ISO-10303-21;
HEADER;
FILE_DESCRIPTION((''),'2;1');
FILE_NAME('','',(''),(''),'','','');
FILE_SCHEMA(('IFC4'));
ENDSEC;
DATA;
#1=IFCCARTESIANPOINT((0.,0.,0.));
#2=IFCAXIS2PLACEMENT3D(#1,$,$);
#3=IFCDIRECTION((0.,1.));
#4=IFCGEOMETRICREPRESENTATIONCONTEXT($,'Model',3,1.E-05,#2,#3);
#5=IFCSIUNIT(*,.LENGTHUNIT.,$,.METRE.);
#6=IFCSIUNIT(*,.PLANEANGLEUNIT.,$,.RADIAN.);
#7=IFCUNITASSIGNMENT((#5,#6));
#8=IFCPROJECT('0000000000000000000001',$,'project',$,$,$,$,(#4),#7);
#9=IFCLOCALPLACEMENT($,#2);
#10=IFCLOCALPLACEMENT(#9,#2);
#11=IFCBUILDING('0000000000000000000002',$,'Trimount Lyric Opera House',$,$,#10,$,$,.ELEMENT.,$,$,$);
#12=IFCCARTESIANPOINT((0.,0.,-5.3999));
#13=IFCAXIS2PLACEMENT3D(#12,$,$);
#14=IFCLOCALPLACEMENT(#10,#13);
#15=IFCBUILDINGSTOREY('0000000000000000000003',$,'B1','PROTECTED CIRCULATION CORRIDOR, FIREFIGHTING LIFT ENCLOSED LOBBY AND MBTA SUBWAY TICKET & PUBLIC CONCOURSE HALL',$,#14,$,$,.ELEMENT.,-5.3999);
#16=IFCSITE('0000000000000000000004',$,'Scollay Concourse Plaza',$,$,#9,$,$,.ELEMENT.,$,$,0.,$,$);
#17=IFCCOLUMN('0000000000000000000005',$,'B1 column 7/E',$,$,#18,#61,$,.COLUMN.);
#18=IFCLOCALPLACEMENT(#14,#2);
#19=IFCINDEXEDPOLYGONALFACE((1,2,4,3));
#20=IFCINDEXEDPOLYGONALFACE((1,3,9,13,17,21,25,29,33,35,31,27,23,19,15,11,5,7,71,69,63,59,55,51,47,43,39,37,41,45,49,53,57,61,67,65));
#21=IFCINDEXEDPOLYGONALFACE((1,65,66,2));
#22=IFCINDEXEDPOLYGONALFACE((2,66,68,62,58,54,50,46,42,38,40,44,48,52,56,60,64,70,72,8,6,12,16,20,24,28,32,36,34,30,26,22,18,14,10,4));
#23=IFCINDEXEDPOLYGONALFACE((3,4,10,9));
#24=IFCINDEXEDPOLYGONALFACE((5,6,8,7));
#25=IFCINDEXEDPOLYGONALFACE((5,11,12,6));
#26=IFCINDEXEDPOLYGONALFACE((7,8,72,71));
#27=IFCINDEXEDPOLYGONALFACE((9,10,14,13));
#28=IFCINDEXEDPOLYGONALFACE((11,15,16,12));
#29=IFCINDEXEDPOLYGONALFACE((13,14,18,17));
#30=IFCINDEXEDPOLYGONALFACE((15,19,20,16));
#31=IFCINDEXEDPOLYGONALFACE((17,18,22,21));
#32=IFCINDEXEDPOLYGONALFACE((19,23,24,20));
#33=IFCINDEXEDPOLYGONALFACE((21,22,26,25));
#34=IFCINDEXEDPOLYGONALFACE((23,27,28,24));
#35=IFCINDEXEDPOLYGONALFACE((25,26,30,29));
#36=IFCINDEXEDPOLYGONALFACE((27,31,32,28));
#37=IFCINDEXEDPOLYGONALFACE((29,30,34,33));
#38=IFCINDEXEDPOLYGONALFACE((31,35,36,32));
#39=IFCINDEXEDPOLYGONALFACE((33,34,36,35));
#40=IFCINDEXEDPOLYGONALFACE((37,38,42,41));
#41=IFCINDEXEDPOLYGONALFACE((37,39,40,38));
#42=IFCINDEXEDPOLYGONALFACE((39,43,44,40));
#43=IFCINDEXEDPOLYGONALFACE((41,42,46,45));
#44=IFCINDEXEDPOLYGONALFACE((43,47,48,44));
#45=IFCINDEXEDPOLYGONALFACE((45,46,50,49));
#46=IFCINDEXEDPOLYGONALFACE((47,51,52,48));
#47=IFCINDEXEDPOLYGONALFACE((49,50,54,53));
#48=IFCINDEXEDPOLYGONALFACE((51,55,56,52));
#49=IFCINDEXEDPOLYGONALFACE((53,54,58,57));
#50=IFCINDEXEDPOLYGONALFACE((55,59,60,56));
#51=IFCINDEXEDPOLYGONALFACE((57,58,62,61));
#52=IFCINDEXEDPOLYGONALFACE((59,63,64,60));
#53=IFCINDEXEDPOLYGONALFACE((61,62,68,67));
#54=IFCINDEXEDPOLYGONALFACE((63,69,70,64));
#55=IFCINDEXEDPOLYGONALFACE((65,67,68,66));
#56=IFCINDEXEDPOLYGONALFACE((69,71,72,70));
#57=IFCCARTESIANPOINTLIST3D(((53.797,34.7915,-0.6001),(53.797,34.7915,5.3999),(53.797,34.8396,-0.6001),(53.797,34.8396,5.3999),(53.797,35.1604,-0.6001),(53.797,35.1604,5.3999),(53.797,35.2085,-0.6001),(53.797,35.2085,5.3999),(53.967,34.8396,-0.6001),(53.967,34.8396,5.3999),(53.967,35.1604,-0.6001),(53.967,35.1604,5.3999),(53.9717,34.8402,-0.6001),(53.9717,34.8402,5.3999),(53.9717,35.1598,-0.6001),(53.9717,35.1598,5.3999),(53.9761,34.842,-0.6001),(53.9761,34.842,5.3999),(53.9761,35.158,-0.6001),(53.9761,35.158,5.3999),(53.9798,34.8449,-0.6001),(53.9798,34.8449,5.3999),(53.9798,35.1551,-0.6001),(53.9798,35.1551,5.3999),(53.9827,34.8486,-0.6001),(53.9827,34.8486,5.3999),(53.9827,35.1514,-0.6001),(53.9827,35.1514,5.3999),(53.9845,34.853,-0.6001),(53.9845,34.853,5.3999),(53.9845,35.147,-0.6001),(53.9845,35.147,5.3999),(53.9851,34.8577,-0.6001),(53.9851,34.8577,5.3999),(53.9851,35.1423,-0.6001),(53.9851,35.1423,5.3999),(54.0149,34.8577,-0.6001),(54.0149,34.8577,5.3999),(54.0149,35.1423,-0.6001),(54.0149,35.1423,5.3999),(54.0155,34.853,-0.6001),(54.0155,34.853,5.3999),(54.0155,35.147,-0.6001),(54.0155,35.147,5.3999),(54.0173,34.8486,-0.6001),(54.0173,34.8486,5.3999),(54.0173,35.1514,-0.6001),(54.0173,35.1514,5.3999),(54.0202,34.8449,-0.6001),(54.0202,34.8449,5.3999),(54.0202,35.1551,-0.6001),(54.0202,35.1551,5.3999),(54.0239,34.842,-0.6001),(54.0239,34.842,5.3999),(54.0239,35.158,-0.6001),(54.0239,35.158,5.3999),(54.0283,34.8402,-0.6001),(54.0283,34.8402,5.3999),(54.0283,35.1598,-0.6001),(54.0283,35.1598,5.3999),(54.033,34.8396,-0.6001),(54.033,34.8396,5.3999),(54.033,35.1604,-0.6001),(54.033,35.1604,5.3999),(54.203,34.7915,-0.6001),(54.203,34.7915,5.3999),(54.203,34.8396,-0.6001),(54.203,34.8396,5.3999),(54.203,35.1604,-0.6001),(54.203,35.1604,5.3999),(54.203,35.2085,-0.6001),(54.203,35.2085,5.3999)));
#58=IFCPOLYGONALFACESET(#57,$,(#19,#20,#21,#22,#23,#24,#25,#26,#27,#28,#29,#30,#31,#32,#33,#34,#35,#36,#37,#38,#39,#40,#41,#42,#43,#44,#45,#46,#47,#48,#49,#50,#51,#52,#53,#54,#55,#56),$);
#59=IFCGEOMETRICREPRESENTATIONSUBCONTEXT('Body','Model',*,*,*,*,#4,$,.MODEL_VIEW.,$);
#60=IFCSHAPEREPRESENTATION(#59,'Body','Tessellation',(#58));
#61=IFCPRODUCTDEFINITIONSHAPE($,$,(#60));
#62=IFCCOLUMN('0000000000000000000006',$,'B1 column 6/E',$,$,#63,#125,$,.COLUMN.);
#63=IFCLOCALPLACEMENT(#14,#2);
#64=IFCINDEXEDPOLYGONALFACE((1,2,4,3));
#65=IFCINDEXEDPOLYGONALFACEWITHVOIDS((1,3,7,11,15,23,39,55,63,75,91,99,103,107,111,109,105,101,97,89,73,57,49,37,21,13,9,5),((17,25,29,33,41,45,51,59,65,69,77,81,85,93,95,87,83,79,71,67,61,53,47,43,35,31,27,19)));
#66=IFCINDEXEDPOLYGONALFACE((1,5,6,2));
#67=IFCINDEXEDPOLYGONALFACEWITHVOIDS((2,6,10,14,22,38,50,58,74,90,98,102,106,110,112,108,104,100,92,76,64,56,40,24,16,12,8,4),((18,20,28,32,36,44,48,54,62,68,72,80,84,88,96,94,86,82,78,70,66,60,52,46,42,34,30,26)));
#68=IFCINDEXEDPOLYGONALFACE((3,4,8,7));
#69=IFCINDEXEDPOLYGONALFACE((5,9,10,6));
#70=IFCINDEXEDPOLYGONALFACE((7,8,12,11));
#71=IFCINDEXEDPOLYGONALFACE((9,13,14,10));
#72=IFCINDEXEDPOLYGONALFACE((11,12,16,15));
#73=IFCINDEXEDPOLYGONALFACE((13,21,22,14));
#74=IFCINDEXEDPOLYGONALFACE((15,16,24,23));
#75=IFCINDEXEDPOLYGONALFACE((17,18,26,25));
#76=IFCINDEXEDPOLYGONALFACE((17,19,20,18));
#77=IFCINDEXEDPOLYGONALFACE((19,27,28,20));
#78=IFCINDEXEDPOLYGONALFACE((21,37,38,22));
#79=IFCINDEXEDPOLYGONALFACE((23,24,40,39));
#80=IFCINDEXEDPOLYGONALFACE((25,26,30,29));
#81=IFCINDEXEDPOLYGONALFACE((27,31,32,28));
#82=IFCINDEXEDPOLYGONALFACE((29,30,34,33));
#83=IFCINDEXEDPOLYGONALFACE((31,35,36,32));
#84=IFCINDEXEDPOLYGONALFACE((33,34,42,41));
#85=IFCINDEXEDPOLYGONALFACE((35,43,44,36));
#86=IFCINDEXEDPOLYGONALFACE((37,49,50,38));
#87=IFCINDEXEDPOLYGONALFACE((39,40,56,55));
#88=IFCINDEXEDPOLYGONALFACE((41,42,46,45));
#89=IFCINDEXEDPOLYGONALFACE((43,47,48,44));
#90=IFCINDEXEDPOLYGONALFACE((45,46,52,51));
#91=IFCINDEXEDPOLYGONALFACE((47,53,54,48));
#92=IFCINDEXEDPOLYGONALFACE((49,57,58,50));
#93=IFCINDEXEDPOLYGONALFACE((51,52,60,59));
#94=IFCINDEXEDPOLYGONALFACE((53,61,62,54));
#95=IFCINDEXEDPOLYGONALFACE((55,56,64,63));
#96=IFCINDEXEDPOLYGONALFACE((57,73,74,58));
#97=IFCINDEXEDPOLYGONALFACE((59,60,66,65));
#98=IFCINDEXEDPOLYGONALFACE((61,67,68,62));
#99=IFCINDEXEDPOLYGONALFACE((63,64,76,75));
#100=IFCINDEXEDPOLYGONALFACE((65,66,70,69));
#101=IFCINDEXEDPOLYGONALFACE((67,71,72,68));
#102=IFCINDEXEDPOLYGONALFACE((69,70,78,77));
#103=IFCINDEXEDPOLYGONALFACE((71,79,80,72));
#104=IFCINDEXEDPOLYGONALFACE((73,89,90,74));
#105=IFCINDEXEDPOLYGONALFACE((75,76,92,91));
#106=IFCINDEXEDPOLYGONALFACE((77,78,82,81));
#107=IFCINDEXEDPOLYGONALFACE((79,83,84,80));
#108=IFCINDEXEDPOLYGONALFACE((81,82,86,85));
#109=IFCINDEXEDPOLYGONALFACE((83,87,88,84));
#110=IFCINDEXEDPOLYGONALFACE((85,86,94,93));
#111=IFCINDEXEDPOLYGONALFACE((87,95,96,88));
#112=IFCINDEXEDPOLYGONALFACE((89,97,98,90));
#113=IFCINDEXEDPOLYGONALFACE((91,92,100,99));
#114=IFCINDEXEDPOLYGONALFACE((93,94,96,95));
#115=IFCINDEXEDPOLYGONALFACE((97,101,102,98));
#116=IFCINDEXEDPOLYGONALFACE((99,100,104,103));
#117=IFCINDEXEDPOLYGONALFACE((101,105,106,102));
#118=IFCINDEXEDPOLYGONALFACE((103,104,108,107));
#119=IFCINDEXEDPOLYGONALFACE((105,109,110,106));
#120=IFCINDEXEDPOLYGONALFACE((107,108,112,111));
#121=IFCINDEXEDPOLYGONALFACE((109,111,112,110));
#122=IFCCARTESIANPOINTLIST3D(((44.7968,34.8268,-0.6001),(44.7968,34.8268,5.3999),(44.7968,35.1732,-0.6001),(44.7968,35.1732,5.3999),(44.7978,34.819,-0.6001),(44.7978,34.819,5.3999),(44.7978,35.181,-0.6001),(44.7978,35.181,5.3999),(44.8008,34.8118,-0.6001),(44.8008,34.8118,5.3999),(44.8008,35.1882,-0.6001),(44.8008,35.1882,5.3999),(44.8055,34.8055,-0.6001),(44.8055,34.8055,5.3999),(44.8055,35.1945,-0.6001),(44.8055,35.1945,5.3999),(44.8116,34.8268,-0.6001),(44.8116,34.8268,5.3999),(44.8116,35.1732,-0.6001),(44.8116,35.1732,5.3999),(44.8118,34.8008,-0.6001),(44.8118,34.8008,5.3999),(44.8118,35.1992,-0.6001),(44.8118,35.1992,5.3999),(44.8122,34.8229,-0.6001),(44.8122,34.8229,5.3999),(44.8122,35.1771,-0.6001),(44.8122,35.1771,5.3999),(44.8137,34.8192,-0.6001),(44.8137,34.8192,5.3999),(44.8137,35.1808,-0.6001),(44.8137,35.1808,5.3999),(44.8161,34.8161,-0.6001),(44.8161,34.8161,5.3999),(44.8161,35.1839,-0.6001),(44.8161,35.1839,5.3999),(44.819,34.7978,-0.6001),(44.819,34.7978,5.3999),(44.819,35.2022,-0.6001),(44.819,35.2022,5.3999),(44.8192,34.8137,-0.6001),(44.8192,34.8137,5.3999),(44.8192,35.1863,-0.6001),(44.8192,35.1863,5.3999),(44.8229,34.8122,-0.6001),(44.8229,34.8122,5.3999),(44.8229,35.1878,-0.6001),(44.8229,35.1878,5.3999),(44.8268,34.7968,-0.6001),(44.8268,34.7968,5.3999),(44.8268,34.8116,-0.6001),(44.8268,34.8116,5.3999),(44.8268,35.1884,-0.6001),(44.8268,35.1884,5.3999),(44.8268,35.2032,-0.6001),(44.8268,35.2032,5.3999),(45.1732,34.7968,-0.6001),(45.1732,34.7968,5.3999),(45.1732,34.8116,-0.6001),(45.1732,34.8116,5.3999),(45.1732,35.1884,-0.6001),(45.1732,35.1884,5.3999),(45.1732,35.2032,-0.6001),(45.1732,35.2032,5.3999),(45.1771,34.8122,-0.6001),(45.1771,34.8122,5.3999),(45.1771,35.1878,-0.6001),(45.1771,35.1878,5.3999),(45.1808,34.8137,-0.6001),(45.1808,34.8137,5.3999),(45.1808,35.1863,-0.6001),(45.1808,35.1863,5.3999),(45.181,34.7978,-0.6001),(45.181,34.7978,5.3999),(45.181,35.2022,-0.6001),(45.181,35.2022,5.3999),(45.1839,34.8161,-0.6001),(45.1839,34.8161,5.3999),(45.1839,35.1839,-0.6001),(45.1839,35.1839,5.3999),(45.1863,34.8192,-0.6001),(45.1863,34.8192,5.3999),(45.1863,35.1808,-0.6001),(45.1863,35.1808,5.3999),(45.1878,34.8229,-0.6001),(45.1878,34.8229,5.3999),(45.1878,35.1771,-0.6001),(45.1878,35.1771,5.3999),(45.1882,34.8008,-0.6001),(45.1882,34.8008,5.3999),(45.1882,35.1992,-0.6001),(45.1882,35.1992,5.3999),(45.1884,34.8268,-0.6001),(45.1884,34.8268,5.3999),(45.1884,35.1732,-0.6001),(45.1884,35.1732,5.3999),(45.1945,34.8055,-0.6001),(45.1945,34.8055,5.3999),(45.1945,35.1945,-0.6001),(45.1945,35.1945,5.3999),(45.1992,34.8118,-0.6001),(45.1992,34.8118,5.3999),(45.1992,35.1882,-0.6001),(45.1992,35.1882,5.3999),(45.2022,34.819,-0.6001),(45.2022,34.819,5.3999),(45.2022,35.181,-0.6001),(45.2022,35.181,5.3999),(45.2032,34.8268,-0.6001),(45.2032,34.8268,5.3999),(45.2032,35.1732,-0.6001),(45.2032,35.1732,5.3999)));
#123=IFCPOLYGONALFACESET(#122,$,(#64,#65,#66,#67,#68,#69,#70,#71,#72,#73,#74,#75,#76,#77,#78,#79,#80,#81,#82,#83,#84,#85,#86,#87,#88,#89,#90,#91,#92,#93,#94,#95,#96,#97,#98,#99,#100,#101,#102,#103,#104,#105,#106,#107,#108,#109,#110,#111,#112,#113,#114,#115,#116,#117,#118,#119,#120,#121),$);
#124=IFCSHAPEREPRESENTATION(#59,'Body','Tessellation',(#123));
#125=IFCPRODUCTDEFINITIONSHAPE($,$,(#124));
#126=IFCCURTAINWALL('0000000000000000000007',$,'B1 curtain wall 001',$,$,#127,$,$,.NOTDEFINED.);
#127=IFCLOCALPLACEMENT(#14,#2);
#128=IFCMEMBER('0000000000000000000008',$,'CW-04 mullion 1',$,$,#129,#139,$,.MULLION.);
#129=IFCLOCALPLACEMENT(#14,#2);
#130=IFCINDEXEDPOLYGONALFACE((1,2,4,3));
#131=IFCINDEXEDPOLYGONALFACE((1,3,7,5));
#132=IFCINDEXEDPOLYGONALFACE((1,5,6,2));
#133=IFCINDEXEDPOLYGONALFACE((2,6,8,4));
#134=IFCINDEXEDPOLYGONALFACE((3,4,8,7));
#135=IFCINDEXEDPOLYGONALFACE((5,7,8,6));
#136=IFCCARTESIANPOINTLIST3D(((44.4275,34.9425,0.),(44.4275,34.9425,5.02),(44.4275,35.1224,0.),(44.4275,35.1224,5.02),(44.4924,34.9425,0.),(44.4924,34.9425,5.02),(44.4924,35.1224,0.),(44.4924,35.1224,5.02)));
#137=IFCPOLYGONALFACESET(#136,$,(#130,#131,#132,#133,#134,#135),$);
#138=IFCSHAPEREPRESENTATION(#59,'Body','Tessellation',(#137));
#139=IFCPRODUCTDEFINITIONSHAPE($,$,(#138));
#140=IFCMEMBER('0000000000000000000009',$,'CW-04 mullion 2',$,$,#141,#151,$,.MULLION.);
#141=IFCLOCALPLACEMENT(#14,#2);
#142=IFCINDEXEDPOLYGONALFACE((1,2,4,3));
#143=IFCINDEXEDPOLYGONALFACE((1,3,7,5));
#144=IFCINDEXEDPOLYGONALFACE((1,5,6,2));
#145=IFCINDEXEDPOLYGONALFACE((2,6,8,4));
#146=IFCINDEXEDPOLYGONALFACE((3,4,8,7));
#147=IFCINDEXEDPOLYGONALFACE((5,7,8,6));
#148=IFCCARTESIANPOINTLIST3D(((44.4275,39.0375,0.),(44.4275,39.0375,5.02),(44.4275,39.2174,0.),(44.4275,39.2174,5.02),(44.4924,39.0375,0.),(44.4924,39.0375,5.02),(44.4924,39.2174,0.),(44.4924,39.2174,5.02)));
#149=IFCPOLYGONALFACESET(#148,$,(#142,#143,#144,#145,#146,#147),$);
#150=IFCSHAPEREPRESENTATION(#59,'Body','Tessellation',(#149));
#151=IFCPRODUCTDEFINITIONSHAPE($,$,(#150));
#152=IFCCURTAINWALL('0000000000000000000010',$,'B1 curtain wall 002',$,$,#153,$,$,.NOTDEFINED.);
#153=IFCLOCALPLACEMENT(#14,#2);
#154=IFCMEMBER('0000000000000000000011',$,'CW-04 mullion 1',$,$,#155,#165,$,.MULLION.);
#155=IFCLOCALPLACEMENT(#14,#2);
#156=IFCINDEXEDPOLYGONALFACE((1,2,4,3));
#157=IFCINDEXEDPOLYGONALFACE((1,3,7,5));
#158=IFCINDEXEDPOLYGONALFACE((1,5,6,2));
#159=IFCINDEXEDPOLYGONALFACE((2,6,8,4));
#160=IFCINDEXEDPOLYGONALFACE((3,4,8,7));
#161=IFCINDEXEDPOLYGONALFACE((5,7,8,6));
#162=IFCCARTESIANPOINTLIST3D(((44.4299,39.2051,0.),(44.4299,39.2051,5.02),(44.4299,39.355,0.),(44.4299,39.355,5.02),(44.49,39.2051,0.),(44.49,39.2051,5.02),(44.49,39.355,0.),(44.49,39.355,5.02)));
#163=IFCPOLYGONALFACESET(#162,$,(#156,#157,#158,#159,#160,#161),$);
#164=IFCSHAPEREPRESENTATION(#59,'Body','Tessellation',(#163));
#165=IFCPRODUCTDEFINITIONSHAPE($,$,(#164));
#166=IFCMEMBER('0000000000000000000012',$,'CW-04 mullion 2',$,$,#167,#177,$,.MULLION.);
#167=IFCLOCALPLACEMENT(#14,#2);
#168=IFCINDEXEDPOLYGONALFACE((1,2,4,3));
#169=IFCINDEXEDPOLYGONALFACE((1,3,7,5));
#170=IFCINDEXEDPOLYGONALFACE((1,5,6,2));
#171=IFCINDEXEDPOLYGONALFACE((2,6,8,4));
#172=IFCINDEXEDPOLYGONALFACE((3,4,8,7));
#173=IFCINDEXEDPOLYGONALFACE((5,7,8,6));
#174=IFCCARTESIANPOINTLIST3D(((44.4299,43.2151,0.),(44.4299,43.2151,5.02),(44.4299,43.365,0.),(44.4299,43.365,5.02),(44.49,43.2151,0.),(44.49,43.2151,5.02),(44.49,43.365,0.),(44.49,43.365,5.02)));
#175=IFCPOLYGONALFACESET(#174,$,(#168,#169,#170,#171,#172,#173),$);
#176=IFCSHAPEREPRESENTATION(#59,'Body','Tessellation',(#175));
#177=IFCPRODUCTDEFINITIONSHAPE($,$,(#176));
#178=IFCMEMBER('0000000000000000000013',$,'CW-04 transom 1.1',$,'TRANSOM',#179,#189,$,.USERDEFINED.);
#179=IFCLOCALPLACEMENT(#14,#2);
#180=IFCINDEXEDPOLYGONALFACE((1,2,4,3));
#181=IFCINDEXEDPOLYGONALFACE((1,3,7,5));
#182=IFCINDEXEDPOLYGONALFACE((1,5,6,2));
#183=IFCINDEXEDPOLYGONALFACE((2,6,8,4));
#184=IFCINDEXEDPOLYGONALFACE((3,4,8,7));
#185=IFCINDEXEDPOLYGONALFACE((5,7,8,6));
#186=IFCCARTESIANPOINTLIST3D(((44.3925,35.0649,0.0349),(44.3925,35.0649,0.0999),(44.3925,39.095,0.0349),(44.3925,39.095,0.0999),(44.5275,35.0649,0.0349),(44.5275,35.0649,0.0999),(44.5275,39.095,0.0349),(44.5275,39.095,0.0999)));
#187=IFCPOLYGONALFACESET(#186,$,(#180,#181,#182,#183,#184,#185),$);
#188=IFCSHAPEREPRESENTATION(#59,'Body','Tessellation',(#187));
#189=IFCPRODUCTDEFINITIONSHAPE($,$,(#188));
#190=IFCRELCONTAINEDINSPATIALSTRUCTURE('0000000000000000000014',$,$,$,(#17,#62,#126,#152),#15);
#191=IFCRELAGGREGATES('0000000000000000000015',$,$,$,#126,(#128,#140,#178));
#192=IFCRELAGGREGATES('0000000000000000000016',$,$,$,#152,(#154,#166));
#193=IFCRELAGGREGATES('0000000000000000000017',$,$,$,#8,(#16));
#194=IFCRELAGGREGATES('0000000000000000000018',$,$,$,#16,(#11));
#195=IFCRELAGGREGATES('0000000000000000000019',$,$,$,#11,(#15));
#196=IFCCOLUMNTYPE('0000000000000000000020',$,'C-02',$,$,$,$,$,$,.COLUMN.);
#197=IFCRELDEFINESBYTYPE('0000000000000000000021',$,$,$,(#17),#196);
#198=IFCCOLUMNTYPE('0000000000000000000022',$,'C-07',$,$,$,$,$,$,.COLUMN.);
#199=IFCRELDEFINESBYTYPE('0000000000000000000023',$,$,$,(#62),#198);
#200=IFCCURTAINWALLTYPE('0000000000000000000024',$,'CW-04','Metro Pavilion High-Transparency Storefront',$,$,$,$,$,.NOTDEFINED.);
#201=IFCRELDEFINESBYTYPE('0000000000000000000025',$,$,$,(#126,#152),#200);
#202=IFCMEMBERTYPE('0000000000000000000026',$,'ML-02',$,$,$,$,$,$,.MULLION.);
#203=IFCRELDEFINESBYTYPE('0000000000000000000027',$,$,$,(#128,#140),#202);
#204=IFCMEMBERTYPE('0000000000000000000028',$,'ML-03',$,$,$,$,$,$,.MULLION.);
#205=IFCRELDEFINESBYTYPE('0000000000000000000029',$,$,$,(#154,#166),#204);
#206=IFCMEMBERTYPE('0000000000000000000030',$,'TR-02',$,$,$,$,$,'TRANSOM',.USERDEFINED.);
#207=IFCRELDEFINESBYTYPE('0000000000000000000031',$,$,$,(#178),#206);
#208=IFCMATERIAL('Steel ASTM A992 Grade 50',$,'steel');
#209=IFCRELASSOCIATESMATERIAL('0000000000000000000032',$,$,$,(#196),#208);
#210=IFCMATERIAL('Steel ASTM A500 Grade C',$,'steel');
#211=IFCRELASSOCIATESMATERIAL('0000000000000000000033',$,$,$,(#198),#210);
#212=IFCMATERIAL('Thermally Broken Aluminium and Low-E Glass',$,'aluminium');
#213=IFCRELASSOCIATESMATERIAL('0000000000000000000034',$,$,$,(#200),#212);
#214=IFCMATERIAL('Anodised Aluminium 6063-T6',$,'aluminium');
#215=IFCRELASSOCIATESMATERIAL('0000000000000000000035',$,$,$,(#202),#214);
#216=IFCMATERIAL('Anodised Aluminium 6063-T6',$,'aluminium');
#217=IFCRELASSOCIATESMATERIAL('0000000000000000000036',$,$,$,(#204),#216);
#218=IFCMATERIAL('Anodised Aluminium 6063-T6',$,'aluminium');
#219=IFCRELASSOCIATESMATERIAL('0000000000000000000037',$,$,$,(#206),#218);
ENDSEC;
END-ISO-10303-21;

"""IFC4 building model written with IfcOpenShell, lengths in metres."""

from ifc_helpers import new_model, si_unit, direction, frame, origin, origin_2d, place, context, subcontext, project, spatial, rectangle, hollow_rectangle, i_section, extrude, material, material_profile, profile_set, type_object, element, aggregate, save


model = new_model("IFC4")

# Units and contexts
model_context = context("Model", 3, precision=1e-05, world=origin(), true_north=direction((0.0, 1.0)))
body_context = subcontext(model_context, "Body", "Model", "MODEL_VIEW")
ifc_project = project(units=[si_unit("LENGTHUNIT", "METRE"), si_unit("PLANEANGLEUNIT", "RADIAN")], contexts=[model_context])

# Site, building, storey
site_placement = place(None, origin())
site = spatial("IfcSite", under=ifc_project, at=site_placement, Name="Scollay Concourse Plaza", CompositionType="ELEMENT", RefElevation=0.0)
building_placement = place(site_placement, origin())
building = spatial("IfcBuilding", under=site, at=building_placement, Name="Trimount Lyric Opera House", CompositionType="ELEMENT")
storey_placement = place(building_placement, frame((0.0, 0.0, -5.3999)))
storey = spatial("IfcBuildingStorey", under=building, at=storey_placement, Name="B1", Description="PROTECTED CIRCULATION CORRIDOR, FIREFIGHTING LIFT ENCLOSED LOBBY AND MBTA SUBWAY TICKET & PUBLIC CONCOURSE HALL", CompositionType="ELEMENT", Elevation=-5.3999)

# Columns
ifc_material_1 = material(Name="Steel ASTM A992 Grade 50", Category="steel")
ifc_material_profile_1 = material_profile(ifc_material_1, i_section(OverallWidth=0.406, OverallDepth=0.417, WebThickness=0.0298, FlangeThickness=0.0481, FilletRadius=0.0181, at=origin_2d()), Name="W14X257")
ifc_profile_set_1 = profile_set([ifc_material_profile_1], Name="Steel ASTM A992 Grade 50")
column_type_1 = type_object("IfcColumnType", Name="C-02", PredefinedType="COLUMN", material=ifc_profile_set_1)
column_1_placement = place(storey_placement, frame((54.0, 35.0, -0.6001), z_axis=(0.0, 0.0, 1.0), x_axis=(1.0, 0.0, 0.0)))
element("IfcColumn", 1, at=column_1_placement, inside=storey, type_object=column_type_1, Name="B1 column 7/E", PredefinedType="COLUMN", context=body_context, shape_type="SweptSolid", body=[
    extrude(i_section(OverallWidth=0.406, OverallDepth=0.417, WebThickness=0.0298, FlangeThickness=0.0481, FilletRadius=0.0181, at=origin_2d()), origin(), (0.0, 0.0, 1.0), 6.0),
])
ifc_material_2 = material(Name="Steel ASTM A500 Grade C", Category="steel")
ifc_material_profile_2 = material_profile(ifc_material_2, hollow_rectangle(XDim=0.4065, YDim=0.4065, WallThickness=0.0149, InnerFilletRadius=0.0151, OuterFilletRadius=0.03, at=origin_2d()), Name="HSS406.4X406.4X15.9")
ifc_profile_set_2 = profile_set([ifc_material_profile_2], Name="Steel ASTM A500 Grade C")
column_type_2 = type_object("IfcColumnType", Name="C-07", PredefinedType="COLUMN", material=ifc_profile_set_2)
column_2_placement = place(storey_placement, frame((45.0, 35.0, -0.6001), z_axis=(0.0, 0.0, 1.0), x_axis=(1.0, 0.0, 0.0)))
element("IfcColumn", 2, at=column_2_placement, inside=storey, type_object=column_type_2, Name="B1 column 6/E", PredefinedType="COLUMN", context=body_context, shape_type="SweptSolid", body=[
    extrude(hollow_rectangle(XDim=0.4065, YDim=0.4065, WallThickness=0.0149, InnerFilletRadius=0.0151, OuterFilletRadius=0.03, at=origin_2d()), origin(), (0.0, 0.0, 1.0), 6.0),
])

# Curtain walls, members
ifc_material_3 = material(Name="Thermally Broken Aluminium and Low-E Glass", Category="aluminium")
curtain_wall_type = type_object("IfcCurtainWallType", Name="CW-04", Description="Metro Pavilion High-Transparency Storefront", PredefinedType="NOTDEFINED", material=ifc_material_3)
curtain_wall_1_placement = place(storey_placement, origin())
curtain_wall_1 = element("IfcCurtainWall", 3, at=curtain_wall_1_placement, inside=storey, type_object=curtain_wall_type, Name="B1 curtain wall 001", PredefinedType="NOTDEFINED")
ifc_material_4 = material(Name="Anodised Aluminium 6063-T6", Category="aluminium")
ifc_material_profile_3 = material_profile(ifc_material_4, rectangle(XDim=0.0649, YDim=0.1799, at=origin_2d()), Name="ALU-MULL-65X180")
ifc_profile_set_3 = profile_set([ifc_material_profile_3], Name="Anodised Aluminium 6063-T6")
member_type_1 = type_object("IfcMemberType", Name="ML-02", PredefinedType="MULLION", material=ifc_profile_set_3)
member_1_placement = place(storey_placement, frame((44.46, 35.0325, 0.0), z_axis=(0.0, 0.0, 1.0), x_axis=(-1.0, 0.0, 0.0)))
member_1 = element("IfcMember", 4, at=member_1_placement, type_object=member_type_1, Name="CW-04 mullion 1", PredefinedType="MULLION", context=body_context, shape_type="SweptSolid", body=[
    extrude(rectangle(XDim=0.0649, YDim=0.1799, at=origin_2d()), origin(), (0.0, 0.0, 1.0), 5.02),
])
member_2_placement = place(storey_placement, frame((44.46, 39.1274, 0.0), z_axis=(0.0, 0.0, 1.0), x_axis=(-1.0, 0.0, 0.0)))
member_2 = element("IfcMember", 5, at=member_2_placement, type_object=member_type_1, Name="CW-04 mullion 2", PredefinedType="MULLION", context=body_context, shape_type="SweptSolid", body=[
    extrude(rectangle(XDim=0.0649, YDim=0.1799, at=origin_2d()), origin(), (0.0, 0.0, 1.0), 5.02),
])
curtain_wall_2_placement = place(storey_placement, origin())
curtain_wall_2 = element("IfcCurtainWall", 6, at=curtain_wall_2_placement, inside=storey, type_object=curtain_wall_type, Name="B1 curtain wall 002", PredefinedType="NOTDEFINED")
ifc_material_5 = material(Name="Anodised Aluminium 6063-T6", Category="aluminium")
ifc_material_profile_4 = material_profile(ifc_material_5, rectangle(XDim=0.0601, YDim=0.1499, at=origin_2d()), Name="ALU-MULL-60X150")
ifc_profile_set_4 = profile_set([ifc_material_profile_4], Name="Anodised Aluminium 6063-T6")
member_type_2 = type_object("IfcMemberType", Name="ML-03", PredefinedType="MULLION", material=ifc_profile_set_4)
member_3_placement = place(storey_placement, frame((44.46, 39.28, 0.0), z_axis=(0.0, 0.0, 1.0), x_axis=(-1.0, 0.0, 0.0)))
member_3 = element("IfcMember", 7, at=member_3_placement, type_object=member_type_2, Name="CW-04 mullion 1", PredefinedType="MULLION", context=body_context, shape_type="SweptSolid", body=[
    extrude(rectangle(XDim=0.0601, YDim=0.1499, at=origin_2d()), origin(), (0.0, 0.0, 1.0), 5.02),
])
member_4_placement = place(storey_placement, frame((44.46, 43.29, 0.0), z_axis=(0.0, 0.0, 1.0), x_axis=(-1.0, 0.0, 0.0)))
member_4 = element("IfcMember", 8, at=member_4_placement, type_object=member_type_2, Name="CW-04 mullion 2", PredefinedType="MULLION", context=body_context, shape_type="SweptSolid", body=[
    extrude(rectangle(XDim=0.0601, YDim=0.1499, at=origin_2d()), origin(), (0.0, 0.0, 1.0), 5.02),
])

# Member
ifc_material_6 = material(Name="Anodised Aluminium 6063-T6", Category="aluminium")
ifc_material_profile_5 = material_profile(ifc_material_6, rectangle(XDim=0.135, YDim=0.0649, at=origin_2d()), Name="ALU-TRAN-65X135")
ifc_profile_set_5 = profile_set([ifc_material_profile_5], Name="Anodised Aluminium 6063-T6")
member_type_3 = type_object("IfcMemberType", Name="TR-02", ElementType="TRANSOM", PredefinedType="USERDEFINED", material=ifc_profile_set_5)
member_5_placement = place(storey_placement, frame((44.46, 35.0649, 0.0674), z_axis=(0.0, 1.0, 0.0), x_axis=(-1.0, 0.0, 0.0)))
member_5 = element("IfcMember", 9, at=member_5_placement, type_object=member_type_3, Name="CW-04 transom 1.1", ObjectType="TRANSOM", PredefinedType="USERDEFINED", context=body_context, shape_type="SweptSolid", body=[
    extrude(rectangle(XDim=0.135, YDim=0.0649, at=origin_2d()), origin(), (0.0, 0.0, 1.0), 4.03),
])

aggregate(curtain_wall_1, [member_1, member_2, member_5])
aggregate(curtain_wall_2, [member_3, member_4])

save(model, "model.ifc")
